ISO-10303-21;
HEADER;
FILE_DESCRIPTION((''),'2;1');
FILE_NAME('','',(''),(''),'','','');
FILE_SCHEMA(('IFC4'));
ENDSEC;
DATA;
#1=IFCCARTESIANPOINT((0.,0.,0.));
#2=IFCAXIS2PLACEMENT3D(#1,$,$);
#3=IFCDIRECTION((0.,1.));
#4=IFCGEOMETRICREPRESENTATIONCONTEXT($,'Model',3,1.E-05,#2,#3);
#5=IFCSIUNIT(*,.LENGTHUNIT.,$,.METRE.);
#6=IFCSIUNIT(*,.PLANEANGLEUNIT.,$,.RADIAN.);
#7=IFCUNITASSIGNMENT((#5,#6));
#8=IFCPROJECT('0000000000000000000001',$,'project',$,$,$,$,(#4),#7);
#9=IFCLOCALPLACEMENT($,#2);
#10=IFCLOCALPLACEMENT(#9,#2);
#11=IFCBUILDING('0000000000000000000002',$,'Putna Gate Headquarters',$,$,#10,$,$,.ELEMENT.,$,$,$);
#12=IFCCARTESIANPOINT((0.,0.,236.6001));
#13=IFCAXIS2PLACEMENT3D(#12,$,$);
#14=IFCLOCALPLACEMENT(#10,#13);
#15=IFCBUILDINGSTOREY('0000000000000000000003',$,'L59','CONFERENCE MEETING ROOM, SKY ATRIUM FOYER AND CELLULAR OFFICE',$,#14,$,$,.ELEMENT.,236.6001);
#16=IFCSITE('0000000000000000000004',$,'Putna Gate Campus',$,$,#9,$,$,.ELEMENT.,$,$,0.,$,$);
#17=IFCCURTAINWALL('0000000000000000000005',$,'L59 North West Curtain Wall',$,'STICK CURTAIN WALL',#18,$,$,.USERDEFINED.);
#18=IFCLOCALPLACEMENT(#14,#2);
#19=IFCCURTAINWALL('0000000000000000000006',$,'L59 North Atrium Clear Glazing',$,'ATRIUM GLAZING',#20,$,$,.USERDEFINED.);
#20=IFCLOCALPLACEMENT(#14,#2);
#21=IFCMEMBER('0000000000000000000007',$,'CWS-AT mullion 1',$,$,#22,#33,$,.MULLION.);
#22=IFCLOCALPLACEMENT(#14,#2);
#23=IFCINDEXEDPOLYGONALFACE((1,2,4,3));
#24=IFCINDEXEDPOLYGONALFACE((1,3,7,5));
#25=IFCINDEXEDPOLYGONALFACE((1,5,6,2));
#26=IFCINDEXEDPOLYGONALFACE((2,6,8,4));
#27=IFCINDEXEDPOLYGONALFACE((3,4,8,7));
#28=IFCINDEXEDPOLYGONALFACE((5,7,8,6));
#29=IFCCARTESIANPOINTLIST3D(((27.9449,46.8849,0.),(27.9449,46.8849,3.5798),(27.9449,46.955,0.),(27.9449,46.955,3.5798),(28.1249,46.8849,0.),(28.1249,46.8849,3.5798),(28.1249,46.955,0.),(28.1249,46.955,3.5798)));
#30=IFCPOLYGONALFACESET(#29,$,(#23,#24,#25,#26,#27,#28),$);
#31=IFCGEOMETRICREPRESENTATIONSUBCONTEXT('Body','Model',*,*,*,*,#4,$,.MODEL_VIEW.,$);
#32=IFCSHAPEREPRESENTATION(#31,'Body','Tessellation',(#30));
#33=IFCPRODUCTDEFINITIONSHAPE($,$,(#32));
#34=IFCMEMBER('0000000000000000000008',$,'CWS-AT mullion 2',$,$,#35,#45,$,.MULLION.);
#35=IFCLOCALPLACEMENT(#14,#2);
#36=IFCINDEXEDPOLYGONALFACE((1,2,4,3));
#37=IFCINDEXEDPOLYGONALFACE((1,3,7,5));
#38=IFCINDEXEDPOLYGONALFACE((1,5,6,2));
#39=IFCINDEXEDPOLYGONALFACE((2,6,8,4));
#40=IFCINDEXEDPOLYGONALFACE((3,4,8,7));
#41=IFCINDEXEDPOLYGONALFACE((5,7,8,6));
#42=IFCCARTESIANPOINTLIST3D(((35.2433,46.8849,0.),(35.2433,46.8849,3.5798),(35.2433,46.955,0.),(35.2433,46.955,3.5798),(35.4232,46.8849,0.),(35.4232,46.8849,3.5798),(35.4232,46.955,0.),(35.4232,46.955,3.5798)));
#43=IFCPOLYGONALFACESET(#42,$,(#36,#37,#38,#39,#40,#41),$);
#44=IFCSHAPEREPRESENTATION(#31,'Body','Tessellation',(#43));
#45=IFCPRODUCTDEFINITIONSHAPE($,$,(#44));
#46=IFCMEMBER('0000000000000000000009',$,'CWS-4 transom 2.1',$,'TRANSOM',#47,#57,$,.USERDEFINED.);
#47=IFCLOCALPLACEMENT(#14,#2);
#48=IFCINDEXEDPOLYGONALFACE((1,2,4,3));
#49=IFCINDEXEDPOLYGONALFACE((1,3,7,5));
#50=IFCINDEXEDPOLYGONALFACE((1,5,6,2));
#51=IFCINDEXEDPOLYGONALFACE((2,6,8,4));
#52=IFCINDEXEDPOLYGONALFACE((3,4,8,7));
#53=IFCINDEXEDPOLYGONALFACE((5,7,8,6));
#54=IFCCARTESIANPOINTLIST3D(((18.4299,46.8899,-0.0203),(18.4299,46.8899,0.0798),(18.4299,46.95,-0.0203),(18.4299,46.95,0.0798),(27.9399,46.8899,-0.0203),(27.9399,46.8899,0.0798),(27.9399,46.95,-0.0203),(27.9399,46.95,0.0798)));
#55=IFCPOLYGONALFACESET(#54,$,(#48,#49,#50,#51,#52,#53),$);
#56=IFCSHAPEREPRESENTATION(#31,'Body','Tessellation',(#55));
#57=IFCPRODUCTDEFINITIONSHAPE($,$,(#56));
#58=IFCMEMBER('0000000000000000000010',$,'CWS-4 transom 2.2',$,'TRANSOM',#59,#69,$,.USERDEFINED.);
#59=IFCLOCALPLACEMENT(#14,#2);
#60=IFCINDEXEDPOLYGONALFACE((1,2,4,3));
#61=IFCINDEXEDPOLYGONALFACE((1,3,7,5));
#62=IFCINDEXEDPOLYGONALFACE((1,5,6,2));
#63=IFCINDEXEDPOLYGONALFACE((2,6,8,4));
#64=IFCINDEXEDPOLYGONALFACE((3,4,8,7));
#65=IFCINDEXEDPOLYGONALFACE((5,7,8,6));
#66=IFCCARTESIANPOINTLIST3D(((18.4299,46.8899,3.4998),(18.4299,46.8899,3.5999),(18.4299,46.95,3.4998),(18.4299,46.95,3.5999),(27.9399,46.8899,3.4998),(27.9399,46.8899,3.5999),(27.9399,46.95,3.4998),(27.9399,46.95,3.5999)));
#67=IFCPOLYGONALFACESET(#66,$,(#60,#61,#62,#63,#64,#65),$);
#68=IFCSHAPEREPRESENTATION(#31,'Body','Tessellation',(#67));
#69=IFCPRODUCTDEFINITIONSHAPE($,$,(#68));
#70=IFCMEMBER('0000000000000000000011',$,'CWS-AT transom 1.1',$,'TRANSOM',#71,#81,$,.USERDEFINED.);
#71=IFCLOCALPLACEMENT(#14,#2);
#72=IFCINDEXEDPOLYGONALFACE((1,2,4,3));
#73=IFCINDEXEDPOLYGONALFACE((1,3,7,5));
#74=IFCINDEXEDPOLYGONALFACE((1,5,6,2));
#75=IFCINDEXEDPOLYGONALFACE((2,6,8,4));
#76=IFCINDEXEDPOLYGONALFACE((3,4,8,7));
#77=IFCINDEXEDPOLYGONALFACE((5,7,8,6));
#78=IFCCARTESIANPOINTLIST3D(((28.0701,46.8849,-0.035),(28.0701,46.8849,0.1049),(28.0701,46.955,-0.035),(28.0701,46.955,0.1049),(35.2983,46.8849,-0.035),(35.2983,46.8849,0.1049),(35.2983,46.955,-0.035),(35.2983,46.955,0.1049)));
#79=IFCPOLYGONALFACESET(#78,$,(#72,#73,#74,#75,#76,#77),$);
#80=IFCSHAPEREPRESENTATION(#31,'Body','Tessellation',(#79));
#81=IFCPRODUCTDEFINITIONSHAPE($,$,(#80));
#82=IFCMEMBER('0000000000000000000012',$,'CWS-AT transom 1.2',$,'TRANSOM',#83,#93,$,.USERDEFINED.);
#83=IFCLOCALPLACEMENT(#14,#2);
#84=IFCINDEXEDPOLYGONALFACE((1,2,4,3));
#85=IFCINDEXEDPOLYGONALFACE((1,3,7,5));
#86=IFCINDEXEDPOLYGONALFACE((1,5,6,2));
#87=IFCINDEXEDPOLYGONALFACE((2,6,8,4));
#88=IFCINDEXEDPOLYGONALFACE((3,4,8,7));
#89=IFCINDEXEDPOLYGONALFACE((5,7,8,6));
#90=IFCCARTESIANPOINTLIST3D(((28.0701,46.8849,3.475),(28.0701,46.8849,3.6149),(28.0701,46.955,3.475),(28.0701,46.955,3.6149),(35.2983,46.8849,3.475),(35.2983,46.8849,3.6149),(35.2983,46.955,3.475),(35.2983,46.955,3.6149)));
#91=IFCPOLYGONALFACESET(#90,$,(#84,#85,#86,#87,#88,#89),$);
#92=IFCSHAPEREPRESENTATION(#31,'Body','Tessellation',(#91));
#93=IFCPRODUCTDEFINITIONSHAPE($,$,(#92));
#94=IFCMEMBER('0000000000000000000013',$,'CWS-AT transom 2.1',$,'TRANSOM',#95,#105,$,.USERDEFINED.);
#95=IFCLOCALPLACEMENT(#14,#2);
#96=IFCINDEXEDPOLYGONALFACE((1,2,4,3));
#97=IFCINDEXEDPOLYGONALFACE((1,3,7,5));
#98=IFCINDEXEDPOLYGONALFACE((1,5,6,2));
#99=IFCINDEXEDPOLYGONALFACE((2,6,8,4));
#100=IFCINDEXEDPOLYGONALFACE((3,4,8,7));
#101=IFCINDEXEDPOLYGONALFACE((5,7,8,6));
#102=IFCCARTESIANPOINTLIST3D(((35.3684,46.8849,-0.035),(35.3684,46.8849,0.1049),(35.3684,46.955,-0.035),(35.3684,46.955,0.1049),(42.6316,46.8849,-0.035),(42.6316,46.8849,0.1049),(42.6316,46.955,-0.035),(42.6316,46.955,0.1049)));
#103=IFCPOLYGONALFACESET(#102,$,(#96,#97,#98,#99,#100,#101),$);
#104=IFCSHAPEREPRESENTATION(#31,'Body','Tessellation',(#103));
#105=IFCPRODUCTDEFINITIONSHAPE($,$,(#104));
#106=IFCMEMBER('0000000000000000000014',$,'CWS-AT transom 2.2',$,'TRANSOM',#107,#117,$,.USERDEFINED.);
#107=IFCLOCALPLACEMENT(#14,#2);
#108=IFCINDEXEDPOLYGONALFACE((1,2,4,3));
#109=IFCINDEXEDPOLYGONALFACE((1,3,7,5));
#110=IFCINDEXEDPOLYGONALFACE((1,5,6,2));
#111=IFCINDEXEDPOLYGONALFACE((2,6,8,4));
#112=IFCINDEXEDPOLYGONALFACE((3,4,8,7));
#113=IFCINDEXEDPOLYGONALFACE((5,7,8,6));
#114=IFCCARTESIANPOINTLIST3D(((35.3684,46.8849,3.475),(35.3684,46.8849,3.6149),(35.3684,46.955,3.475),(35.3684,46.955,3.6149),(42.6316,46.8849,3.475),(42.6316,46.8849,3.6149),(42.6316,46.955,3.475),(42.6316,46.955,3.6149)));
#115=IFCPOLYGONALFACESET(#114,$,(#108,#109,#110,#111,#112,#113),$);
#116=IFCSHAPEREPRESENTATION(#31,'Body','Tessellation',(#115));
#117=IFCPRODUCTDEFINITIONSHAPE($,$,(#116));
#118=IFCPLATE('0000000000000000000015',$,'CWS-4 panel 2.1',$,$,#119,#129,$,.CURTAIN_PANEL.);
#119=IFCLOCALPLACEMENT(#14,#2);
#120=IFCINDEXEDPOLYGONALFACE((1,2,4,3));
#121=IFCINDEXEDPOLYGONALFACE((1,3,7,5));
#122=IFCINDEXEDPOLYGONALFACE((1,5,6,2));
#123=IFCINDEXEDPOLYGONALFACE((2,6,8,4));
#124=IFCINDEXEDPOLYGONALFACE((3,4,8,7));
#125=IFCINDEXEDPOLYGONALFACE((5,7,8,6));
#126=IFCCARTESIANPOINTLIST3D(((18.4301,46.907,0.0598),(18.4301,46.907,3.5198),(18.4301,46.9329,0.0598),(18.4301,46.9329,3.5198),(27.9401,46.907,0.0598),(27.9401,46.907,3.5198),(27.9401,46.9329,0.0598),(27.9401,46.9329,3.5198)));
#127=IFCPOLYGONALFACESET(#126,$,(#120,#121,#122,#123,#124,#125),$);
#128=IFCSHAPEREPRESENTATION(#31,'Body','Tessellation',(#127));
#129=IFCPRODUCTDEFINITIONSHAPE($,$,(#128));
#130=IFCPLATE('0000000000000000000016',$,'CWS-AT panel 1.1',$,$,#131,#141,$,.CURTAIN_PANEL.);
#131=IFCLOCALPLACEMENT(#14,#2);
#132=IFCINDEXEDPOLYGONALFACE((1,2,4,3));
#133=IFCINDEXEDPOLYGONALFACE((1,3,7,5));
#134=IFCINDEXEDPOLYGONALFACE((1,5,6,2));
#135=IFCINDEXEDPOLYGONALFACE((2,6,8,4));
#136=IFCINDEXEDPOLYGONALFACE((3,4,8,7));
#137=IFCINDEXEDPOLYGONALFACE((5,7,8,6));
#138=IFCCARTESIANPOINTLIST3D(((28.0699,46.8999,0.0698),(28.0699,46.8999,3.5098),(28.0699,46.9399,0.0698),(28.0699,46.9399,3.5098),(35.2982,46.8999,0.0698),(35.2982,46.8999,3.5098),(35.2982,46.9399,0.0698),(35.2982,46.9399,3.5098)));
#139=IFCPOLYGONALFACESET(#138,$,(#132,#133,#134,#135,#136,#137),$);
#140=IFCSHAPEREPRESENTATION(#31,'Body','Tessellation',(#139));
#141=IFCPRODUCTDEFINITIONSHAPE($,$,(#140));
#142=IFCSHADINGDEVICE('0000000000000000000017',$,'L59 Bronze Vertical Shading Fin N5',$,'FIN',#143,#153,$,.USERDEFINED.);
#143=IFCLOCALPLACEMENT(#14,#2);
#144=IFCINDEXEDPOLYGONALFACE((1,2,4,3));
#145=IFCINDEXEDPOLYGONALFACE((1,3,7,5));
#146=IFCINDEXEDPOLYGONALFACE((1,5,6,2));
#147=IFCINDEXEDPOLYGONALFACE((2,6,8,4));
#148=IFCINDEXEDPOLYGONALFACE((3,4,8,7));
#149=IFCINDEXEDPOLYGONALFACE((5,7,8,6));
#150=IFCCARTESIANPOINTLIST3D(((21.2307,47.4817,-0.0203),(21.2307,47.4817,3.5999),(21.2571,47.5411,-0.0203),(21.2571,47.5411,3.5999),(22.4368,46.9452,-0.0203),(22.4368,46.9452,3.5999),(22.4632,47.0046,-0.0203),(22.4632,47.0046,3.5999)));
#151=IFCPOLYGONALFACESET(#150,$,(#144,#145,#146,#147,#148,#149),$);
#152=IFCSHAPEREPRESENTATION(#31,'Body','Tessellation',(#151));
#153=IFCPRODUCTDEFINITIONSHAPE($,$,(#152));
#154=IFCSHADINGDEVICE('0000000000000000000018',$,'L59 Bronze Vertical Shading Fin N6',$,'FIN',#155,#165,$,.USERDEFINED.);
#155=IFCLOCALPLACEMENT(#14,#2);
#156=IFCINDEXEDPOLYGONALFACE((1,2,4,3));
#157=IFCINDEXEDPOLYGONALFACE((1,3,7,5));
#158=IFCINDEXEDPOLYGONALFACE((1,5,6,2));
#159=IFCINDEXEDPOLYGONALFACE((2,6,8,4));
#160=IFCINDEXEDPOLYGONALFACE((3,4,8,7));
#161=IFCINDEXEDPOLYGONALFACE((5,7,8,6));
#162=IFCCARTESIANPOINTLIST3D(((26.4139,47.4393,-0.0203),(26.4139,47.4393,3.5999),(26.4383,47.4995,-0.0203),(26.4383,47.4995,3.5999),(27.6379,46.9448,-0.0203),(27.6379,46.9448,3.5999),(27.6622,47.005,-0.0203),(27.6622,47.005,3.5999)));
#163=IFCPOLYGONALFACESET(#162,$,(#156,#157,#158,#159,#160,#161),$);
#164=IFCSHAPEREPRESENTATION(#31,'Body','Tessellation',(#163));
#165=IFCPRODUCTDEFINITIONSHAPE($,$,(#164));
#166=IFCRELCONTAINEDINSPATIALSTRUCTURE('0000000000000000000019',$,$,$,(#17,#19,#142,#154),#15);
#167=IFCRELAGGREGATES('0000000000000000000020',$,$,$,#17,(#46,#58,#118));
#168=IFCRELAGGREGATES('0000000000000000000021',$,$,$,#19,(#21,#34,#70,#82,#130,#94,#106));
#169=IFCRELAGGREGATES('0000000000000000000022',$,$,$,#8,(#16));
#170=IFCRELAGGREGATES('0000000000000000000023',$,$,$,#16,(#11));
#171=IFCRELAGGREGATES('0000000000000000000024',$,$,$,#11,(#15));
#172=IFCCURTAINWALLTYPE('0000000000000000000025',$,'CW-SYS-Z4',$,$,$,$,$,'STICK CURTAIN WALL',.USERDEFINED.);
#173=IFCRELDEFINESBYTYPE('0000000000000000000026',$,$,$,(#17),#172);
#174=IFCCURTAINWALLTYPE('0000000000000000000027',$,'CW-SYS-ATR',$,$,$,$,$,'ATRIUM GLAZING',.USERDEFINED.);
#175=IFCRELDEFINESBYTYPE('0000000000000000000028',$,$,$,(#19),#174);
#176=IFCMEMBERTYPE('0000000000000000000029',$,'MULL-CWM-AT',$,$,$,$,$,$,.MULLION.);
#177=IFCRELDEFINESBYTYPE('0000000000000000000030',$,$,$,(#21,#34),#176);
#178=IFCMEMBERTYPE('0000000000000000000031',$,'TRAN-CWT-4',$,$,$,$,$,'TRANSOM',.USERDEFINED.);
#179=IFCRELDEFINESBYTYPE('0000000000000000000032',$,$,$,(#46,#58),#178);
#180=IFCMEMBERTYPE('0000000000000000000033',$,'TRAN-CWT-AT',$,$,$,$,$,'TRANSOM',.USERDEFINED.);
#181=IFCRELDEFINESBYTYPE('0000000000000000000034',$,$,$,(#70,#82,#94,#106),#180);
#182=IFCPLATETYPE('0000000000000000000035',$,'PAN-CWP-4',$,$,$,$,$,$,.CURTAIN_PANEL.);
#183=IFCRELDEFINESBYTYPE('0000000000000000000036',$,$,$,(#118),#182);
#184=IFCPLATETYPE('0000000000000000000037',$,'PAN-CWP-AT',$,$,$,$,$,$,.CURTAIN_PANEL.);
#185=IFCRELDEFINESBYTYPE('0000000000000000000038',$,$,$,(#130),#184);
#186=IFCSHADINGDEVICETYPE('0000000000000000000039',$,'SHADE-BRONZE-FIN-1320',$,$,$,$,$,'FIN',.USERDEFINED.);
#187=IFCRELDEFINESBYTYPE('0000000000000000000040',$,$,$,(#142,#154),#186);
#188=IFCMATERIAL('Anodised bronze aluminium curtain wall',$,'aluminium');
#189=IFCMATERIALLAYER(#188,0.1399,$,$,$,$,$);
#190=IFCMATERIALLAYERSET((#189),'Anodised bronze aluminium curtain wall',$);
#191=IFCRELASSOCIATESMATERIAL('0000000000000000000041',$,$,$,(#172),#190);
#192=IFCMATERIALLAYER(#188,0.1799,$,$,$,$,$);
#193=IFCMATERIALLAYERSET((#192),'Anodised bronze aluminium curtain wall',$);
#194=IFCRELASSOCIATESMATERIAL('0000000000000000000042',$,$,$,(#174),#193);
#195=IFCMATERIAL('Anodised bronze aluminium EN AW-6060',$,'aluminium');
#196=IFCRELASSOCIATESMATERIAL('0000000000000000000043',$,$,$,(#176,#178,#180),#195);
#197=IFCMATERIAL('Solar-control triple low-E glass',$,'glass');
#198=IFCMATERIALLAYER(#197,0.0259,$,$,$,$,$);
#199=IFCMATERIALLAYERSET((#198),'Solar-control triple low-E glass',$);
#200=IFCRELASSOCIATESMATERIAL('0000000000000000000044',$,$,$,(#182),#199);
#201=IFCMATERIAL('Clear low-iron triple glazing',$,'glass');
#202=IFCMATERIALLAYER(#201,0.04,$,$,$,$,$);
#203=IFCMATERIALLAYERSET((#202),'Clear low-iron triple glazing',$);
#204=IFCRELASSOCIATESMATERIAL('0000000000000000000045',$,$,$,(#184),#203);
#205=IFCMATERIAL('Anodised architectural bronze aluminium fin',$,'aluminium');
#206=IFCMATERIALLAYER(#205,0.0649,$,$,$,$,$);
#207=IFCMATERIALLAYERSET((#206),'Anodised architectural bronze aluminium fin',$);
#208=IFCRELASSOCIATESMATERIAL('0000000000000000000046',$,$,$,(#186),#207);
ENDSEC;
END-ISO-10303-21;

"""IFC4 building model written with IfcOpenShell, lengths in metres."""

from ifc_helpers import new_model, si_unit, direction, frame, origin, origin_2d, place, context, subcontext, project, spatial, rectangle, extrude, material, layer, layer_set, material_profile, profile_set, type_object, element, aggregate, save


model = new_model("IFC4")

# Units and contexts
model_context = context("Model", 3, precision=1e-05, world=origin(), true_north=direction((0.0, 1.0)))
body_context = subcontext(model_context, "Body", "Model", "MODEL_VIEW")
ifc_project = project(units=[si_unit("LENGTHUNIT", "METRE"), si_unit("PLANEANGLEUNIT", "RADIAN")], contexts=[model_context])

# Site, building, storey
site_placement = place(None, origin())
site = spatial("IfcSite", under=ifc_project, at=site_placement, Name="Putna Gate Campus", CompositionType="ELEMENT", RefElevation=0.0)
building_placement = place(site_placement, origin())
building = spatial("IfcBuilding", under=site, at=building_placement, Name="Putna Gate Headquarters", CompositionType="ELEMENT")
storey_placement = place(building_placement, frame((0.0, 0.0, 236.6001)))
storey = spatial("IfcBuildingStorey", under=building, at=storey_placement, Name="L59", Description="CONFERENCE MEETING ROOM, SKY ATRIUM FOYER AND CELLULAR OFFICE", CompositionType="ELEMENT", Elevation=236.6001)

# Curtain walls, members
ifc_material_1 = material(Name="Anodised bronze aluminium curtain wall", Category="aluminium")
ifc_layer_1 = layer(ifc_material_1, 0.1399)
ifc_layer_set_1 = layer_set([ifc_layer_1], Name="Anodised bronze aluminium curtain wall")
curtain_wall_type_1 = type_object("IfcCurtainWallType", Name="CW-SYS-Z4", ElementType="STICK CURTAIN WALL", PredefinedType="USERDEFINED", material=ifc_layer_set_1)
curtain_wall_1_placement = place(storey_placement, origin())
curtain_wall_1 = element("IfcCurtainWall", 1, at=curtain_wall_1_placement, inside=storey, type_object=curtain_wall_type_1, Name="L59 North West Curtain Wall", ObjectType="STICK CURTAIN WALL", PredefinedType="USERDEFINED")
ifc_material_2 = material(Name="Anodised bronze aluminium EN AW-6060", Category="aluminium")
ifc_layer_2 = layer(ifc_material_1, 0.1799)
ifc_layer_set_2 = layer_set([ifc_layer_2], Name="Anodised bronze aluminium curtain wall")
curtain_wall_type_2 = type_object("IfcCurtainWallType", Name="CW-SYS-ATR", ElementType="ATRIUM GLAZING", PredefinedType="USERDEFINED", material=ifc_layer_set_2)
curtain_wall_2_placement = place(storey_placement, origin())
curtain_wall_2 = element("IfcCurtainWall", 2, at=curtain_wall_2_placement, inside=storey, type_object=curtain_wall_type_2, Name="L59 North Atrium Clear Glazing", ObjectType="ATRIUM GLAZING", PredefinedType="USERDEFINED")
ifc_material_profile_1 = material_profile(ifc_material_2, rectangle(XDim=0.0701, YDim=0.1799, at=origin_2d()), Name="Anodised bronze aluminium EN AW-6060")
ifc_profile_set_1 = profile_set([ifc_material_profile_1], Name="Anodised bronze aluminium EN AW-6060")
member_type_1 = type_object("IfcMemberType", Name="MULL-CWM-AT", PredefinedType="MULLION", material=ifc_profile_set_1)
member_1_placement = place(storey_placement, frame((28.0349, 46.9199, 0.0), z_axis=(0.0, 0.0, 1.0), x_axis=(0.0, 1.0, 0.0)))
member_1 = element("IfcMember", 3, at=member_1_placement, type_object=member_type_1, Name="CWS-AT mullion 1", PredefinedType="MULLION", context=body_context, shape_type="SweptSolid", body=[
    extrude(rectangle(XDim=0.0701, YDim=0.1799, at=origin_2d()), origin(), (0.0, 0.0, 1.0), 3.5798),
])
member_2_placement = place(storey_placement, frame((35.3333, 46.9199, 0.0), z_axis=(0.0, 0.0, 1.0), x_axis=(0.0, 1.0, 0.0)))
member_2 = element("IfcMember", 4, at=member_2_placement, type_object=member_type_1, Name="CWS-AT mullion 2", PredefinedType="MULLION", context=body_context, shape_type="SweptSolid", body=[
    extrude(rectangle(XDim=0.0701, YDim=0.1799, at=origin_2d()), origin(), (0.0, 0.0, 1.0), 3.5798),
])

# Members
ifc_material_profile_2 = material_profile(ifc_material_2, rectangle(XDim=0.0601, YDim=0.1001, at=origin_2d()), Name="Anodised bronze aluminium EN AW-6060")
ifc_profile_set_2 = profile_set([ifc_material_profile_2], Name="Anodised bronze aluminium EN AW-6060")
member_type_2 = type_object("IfcMemberType", Name="TRAN-CWT-4", ElementType="TRANSOM", PredefinedType="USERDEFINED", material=ifc_profile_set_2)
member_3_placement = place(storey_placement, frame((18.4299, 46.9199, 0.0298), z_axis=(1.0, 0.0, 0.0), x_axis=(0.0, 1.0, 0.0)))
member_3 = element("IfcMember", 5, at=member_3_placement, type_object=member_type_2, Name="CWS-4 transom 2.1", ObjectType="TRANSOM", PredefinedType="USERDEFINED", context=body_context, shape_type="SweptSolid", body=[
    extrude(rectangle(XDim=0.0601, YDim=0.1001, at=origin_2d()), origin(), (0.0, 0.0, 1.0), 9.51),
])
member_4_placement = place(storey_placement, frame((18.4299, 46.9199, 3.5498), z_axis=(1.0, 0.0, 0.0), x_axis=(0.0, 1.0, 0.0)))
member_4 = element("IfcMember", 6, at=member_4_placement, type_object=member_type_2, Name="CWS-4 transom 2.2", ObjectType="TRANSOM", PredefinedType="USERDEFINED", context=body_context, shape_type="SweptSolid", body=[
    extrude(rectangle(XDim=0.0601, YDim=0.1001, at=origin_2d()), origin(), (0.0, 0.0, 1.0), 9.51),
])
ifc_material_profile_3 = material_profile(ifc_material_2, rectangle(XDim=0.0701, YDim=0.1399, at=origin_2d()), Name="Anodised bronze aluminium EN AW-6060")
ifc_profile_set_3 = profile_set([ifc_material_profile_3], Name="Anodised bronze aluminium EN AW-6060")
member_type_3 = type_object("IfcMemberType", Name="TRAN-CWT-AT", ElementType="TRANSOM", PredefinedType="USERDEFINED", material=ifc_profile_set_3)
member_5_placement = place(storey_placement, frame((28.0701, 46.9199, 0.0349), z_axis=(1.0, 0.0, 0.0), x_axis=(0.0, 1.0, 0.0)))
member_5 = element("IfcMember", 7, at=member_5_placement, type_object=member_type_3, Name="CWS-AT transom 1.1", ObjectType="TRANSOM", PredefinedType="USERDEFINED", context=body_context, shape_type="SweptSolid", body=[
    extrude(rectangle(XDim=0.0701, YDim=0.1399, at=origin_2d()), origin(), (0.0, 0.0, 1.0), 7.2283),
])
member_6_placement = place(storey_placement, frame((28.0701, 46.9199, 3.5449), z_axis=(1.0, 0.0, 0.0), x_axis=(0.0, 1.0, 0.0)))
member_6 = element("IfcMember", 8, at=member_6_placement, type_object=member_type_3, Name="CWS-AT transom 1.2", ObjectType="TRANSOM", PredefinedType="USERDEFINED", context=body_context, shape_type="SweptSolid", body=[
    extrude(rectangle(XDim=0.0701, YDim=0.1399, at=origin_2d()), origin(), (0.0, 0.0, 1.0), 7.2283),
])
member_7_placement = place(storey_placement, frame((35.3684, 46.9199, 0.0349), z_axis=(1.0, 0.0, 0.0), x_axis=(0.0, 1.0, 0.0)))
member_7 = element("IfcMember", 9, at=member_7_placement, type_object=member_type_3, Name="CWS-AT transom 2.1", ObjectType="TRANSOM", PredefinedType="USERDEFINED", context=body_context, shape_type="SweptSolid", body=[
    extrude(rectangle(XDim=0.0701, YDim=0.1399, at=origin_2d()), origin(), (0.0, 0.0, 1.0), 7.2632),
])
member_8_placement = place(storey_placement, frame((35.3684, 46.9199, 3.5449), z_axis=(1.0, 0.0, 0.0), x_axis=(0.0, 1.0, 0.0)))
member_8 = element("IfcMember", 10, at=member_8_placement, type_object=member_type_3, Name="CWS-AT transom 2.2", ObjectType="TRANSOM", PredefinedType="USERDEFINED", context=body_context, shape_type="SweptSolid", body=[
    extrude(rectangle(XDim=0.0701, YDim=0.1399, at=origin_2d()), origin(), (0.0, 0.0, 1.0), 7.2632),
])

# Plates
ifc_material_3 = material(Name="Solar-control triple low-E glass", Category="glass")
ifc_layer_3 = layer(ifc_material_3, 0.0259)
ifc_layer_set_3 = layer_set([ifc_layer_3], Name="Solar-control triple low-E glass")
plate_type_1 = type_object("IfcPlateType", Name="PAN-CWP-4", PredefinedType="CURTAIN_PANEL", material=ifc_layer_set_3)
plate_1_placement = place(storey_placement, frame((23.1851, 46.9199, 0.0598), z_axis=(0.0, 0.0, 1.0), x_axis=(1.0, 0.0, 0.0)))
plate_1 = element("IfcPlate", 11, at=plate_1_placement, type_object=plate_type_1, Name="CWS-4 panel 2.1", PredefinedType="CURTAIN_PANEL", context=body_context, shape_type="SweptSolid", body=[
    extrude(rectangle(XDim=9.51, YDim=0.0259, at=origin_2d()), origin(), (0.0, 0.0, 1.0), 3.46),
])
aggregate(curtain_wall_1, [member_3, member_4, plate_1])
ifc_material_4 = material(Name="Clear low-iron triple glazing", Category="glass")
ifc_layer_4 = layer(ifc_material_4, 0.04)
ifc_layer_set_4 = layer_set([ifc_layer_4], Name="Clear low-iron triple glazing")
plate_type_2 = type_object("IfcPlateType", Name="PAN-CWP-AT", PredefinedType="CURTAIN_PANEL", material=ifc_layer_set_4)
plate_2_placement = place(storey_placement, frame((31.6841, 46.9199, 0.0698), z_axis=(0.0, 0.0, 1.0), x_axis=(1.0, 0.0, 0.0)))
plate_2 = element("IfcPlate", 12, at=plate_2_placement, type_object=plate_type_2, Name="CWS-AT panel 1.1", PredefinedType="CURTAIN_PANEL", context=body_context, shape_type="SweptSolid", body=[
    extrude(rectangle(XDim=7.2283, YDim=0.04, at=origin_2d()), origin(), (0.0, 0.0, 1.0), 3.4399),
])
aggregate(curtain_wall_2, [member_1, member_2, member_5, member_6, plate_2, member_7, member_8])

# Shading devices
ifc_material_5 = material(Name="Anodised architectural bronze aluminium fin", Category="aluminium")
ifc_layer_5 = layer(ifc_material_5, 0.0649)
ifc_layer_set_5 = layer_set([ifc_layer_5], Name="Anodised architectural bronze aluminium fin")
shading_device_type = type_object("IfcShadingDeviceType", Name="SHADE-BRONZE-FIN-1320", ElementType="FIN", PredefinedType="USERDEFINED", material=ifc_layer_set_5)
for number, where, z_axis, x_axis, name in (
    (13, (21.8469, 47.2432, -0.0203), (0.0, 0.0, 1.0), (-0.913687, 0.406418, 0.0), "L59 Bronze Vertical Shading Fin N5"),
    (14, (27.0381, 47.2222, -0.0203), (0.0, 0.0, 1.0), (-0.927184, 0.374607, 0.0), "L59 Bronze Vertical Shading Fin N6"),
):
    element("IfcShadingDevice", number, at=place(storey_placement, frame(where, z_axis=z_axis, x_axis=x_axis)), inside=storey, type_object=shading_device_type, Name=name, ObjectType="FIN", PredefinedType="USERDEFINED", context=body_context, shape_type="SweptSolid", body=[
        extrude(rectangle(XDim=1.3201, YDim=0.0649, at=origin_2d()), origin(), (0.0, 0.0, 1.0), 3.6201),
    ])

save(model, "model.ifc")
